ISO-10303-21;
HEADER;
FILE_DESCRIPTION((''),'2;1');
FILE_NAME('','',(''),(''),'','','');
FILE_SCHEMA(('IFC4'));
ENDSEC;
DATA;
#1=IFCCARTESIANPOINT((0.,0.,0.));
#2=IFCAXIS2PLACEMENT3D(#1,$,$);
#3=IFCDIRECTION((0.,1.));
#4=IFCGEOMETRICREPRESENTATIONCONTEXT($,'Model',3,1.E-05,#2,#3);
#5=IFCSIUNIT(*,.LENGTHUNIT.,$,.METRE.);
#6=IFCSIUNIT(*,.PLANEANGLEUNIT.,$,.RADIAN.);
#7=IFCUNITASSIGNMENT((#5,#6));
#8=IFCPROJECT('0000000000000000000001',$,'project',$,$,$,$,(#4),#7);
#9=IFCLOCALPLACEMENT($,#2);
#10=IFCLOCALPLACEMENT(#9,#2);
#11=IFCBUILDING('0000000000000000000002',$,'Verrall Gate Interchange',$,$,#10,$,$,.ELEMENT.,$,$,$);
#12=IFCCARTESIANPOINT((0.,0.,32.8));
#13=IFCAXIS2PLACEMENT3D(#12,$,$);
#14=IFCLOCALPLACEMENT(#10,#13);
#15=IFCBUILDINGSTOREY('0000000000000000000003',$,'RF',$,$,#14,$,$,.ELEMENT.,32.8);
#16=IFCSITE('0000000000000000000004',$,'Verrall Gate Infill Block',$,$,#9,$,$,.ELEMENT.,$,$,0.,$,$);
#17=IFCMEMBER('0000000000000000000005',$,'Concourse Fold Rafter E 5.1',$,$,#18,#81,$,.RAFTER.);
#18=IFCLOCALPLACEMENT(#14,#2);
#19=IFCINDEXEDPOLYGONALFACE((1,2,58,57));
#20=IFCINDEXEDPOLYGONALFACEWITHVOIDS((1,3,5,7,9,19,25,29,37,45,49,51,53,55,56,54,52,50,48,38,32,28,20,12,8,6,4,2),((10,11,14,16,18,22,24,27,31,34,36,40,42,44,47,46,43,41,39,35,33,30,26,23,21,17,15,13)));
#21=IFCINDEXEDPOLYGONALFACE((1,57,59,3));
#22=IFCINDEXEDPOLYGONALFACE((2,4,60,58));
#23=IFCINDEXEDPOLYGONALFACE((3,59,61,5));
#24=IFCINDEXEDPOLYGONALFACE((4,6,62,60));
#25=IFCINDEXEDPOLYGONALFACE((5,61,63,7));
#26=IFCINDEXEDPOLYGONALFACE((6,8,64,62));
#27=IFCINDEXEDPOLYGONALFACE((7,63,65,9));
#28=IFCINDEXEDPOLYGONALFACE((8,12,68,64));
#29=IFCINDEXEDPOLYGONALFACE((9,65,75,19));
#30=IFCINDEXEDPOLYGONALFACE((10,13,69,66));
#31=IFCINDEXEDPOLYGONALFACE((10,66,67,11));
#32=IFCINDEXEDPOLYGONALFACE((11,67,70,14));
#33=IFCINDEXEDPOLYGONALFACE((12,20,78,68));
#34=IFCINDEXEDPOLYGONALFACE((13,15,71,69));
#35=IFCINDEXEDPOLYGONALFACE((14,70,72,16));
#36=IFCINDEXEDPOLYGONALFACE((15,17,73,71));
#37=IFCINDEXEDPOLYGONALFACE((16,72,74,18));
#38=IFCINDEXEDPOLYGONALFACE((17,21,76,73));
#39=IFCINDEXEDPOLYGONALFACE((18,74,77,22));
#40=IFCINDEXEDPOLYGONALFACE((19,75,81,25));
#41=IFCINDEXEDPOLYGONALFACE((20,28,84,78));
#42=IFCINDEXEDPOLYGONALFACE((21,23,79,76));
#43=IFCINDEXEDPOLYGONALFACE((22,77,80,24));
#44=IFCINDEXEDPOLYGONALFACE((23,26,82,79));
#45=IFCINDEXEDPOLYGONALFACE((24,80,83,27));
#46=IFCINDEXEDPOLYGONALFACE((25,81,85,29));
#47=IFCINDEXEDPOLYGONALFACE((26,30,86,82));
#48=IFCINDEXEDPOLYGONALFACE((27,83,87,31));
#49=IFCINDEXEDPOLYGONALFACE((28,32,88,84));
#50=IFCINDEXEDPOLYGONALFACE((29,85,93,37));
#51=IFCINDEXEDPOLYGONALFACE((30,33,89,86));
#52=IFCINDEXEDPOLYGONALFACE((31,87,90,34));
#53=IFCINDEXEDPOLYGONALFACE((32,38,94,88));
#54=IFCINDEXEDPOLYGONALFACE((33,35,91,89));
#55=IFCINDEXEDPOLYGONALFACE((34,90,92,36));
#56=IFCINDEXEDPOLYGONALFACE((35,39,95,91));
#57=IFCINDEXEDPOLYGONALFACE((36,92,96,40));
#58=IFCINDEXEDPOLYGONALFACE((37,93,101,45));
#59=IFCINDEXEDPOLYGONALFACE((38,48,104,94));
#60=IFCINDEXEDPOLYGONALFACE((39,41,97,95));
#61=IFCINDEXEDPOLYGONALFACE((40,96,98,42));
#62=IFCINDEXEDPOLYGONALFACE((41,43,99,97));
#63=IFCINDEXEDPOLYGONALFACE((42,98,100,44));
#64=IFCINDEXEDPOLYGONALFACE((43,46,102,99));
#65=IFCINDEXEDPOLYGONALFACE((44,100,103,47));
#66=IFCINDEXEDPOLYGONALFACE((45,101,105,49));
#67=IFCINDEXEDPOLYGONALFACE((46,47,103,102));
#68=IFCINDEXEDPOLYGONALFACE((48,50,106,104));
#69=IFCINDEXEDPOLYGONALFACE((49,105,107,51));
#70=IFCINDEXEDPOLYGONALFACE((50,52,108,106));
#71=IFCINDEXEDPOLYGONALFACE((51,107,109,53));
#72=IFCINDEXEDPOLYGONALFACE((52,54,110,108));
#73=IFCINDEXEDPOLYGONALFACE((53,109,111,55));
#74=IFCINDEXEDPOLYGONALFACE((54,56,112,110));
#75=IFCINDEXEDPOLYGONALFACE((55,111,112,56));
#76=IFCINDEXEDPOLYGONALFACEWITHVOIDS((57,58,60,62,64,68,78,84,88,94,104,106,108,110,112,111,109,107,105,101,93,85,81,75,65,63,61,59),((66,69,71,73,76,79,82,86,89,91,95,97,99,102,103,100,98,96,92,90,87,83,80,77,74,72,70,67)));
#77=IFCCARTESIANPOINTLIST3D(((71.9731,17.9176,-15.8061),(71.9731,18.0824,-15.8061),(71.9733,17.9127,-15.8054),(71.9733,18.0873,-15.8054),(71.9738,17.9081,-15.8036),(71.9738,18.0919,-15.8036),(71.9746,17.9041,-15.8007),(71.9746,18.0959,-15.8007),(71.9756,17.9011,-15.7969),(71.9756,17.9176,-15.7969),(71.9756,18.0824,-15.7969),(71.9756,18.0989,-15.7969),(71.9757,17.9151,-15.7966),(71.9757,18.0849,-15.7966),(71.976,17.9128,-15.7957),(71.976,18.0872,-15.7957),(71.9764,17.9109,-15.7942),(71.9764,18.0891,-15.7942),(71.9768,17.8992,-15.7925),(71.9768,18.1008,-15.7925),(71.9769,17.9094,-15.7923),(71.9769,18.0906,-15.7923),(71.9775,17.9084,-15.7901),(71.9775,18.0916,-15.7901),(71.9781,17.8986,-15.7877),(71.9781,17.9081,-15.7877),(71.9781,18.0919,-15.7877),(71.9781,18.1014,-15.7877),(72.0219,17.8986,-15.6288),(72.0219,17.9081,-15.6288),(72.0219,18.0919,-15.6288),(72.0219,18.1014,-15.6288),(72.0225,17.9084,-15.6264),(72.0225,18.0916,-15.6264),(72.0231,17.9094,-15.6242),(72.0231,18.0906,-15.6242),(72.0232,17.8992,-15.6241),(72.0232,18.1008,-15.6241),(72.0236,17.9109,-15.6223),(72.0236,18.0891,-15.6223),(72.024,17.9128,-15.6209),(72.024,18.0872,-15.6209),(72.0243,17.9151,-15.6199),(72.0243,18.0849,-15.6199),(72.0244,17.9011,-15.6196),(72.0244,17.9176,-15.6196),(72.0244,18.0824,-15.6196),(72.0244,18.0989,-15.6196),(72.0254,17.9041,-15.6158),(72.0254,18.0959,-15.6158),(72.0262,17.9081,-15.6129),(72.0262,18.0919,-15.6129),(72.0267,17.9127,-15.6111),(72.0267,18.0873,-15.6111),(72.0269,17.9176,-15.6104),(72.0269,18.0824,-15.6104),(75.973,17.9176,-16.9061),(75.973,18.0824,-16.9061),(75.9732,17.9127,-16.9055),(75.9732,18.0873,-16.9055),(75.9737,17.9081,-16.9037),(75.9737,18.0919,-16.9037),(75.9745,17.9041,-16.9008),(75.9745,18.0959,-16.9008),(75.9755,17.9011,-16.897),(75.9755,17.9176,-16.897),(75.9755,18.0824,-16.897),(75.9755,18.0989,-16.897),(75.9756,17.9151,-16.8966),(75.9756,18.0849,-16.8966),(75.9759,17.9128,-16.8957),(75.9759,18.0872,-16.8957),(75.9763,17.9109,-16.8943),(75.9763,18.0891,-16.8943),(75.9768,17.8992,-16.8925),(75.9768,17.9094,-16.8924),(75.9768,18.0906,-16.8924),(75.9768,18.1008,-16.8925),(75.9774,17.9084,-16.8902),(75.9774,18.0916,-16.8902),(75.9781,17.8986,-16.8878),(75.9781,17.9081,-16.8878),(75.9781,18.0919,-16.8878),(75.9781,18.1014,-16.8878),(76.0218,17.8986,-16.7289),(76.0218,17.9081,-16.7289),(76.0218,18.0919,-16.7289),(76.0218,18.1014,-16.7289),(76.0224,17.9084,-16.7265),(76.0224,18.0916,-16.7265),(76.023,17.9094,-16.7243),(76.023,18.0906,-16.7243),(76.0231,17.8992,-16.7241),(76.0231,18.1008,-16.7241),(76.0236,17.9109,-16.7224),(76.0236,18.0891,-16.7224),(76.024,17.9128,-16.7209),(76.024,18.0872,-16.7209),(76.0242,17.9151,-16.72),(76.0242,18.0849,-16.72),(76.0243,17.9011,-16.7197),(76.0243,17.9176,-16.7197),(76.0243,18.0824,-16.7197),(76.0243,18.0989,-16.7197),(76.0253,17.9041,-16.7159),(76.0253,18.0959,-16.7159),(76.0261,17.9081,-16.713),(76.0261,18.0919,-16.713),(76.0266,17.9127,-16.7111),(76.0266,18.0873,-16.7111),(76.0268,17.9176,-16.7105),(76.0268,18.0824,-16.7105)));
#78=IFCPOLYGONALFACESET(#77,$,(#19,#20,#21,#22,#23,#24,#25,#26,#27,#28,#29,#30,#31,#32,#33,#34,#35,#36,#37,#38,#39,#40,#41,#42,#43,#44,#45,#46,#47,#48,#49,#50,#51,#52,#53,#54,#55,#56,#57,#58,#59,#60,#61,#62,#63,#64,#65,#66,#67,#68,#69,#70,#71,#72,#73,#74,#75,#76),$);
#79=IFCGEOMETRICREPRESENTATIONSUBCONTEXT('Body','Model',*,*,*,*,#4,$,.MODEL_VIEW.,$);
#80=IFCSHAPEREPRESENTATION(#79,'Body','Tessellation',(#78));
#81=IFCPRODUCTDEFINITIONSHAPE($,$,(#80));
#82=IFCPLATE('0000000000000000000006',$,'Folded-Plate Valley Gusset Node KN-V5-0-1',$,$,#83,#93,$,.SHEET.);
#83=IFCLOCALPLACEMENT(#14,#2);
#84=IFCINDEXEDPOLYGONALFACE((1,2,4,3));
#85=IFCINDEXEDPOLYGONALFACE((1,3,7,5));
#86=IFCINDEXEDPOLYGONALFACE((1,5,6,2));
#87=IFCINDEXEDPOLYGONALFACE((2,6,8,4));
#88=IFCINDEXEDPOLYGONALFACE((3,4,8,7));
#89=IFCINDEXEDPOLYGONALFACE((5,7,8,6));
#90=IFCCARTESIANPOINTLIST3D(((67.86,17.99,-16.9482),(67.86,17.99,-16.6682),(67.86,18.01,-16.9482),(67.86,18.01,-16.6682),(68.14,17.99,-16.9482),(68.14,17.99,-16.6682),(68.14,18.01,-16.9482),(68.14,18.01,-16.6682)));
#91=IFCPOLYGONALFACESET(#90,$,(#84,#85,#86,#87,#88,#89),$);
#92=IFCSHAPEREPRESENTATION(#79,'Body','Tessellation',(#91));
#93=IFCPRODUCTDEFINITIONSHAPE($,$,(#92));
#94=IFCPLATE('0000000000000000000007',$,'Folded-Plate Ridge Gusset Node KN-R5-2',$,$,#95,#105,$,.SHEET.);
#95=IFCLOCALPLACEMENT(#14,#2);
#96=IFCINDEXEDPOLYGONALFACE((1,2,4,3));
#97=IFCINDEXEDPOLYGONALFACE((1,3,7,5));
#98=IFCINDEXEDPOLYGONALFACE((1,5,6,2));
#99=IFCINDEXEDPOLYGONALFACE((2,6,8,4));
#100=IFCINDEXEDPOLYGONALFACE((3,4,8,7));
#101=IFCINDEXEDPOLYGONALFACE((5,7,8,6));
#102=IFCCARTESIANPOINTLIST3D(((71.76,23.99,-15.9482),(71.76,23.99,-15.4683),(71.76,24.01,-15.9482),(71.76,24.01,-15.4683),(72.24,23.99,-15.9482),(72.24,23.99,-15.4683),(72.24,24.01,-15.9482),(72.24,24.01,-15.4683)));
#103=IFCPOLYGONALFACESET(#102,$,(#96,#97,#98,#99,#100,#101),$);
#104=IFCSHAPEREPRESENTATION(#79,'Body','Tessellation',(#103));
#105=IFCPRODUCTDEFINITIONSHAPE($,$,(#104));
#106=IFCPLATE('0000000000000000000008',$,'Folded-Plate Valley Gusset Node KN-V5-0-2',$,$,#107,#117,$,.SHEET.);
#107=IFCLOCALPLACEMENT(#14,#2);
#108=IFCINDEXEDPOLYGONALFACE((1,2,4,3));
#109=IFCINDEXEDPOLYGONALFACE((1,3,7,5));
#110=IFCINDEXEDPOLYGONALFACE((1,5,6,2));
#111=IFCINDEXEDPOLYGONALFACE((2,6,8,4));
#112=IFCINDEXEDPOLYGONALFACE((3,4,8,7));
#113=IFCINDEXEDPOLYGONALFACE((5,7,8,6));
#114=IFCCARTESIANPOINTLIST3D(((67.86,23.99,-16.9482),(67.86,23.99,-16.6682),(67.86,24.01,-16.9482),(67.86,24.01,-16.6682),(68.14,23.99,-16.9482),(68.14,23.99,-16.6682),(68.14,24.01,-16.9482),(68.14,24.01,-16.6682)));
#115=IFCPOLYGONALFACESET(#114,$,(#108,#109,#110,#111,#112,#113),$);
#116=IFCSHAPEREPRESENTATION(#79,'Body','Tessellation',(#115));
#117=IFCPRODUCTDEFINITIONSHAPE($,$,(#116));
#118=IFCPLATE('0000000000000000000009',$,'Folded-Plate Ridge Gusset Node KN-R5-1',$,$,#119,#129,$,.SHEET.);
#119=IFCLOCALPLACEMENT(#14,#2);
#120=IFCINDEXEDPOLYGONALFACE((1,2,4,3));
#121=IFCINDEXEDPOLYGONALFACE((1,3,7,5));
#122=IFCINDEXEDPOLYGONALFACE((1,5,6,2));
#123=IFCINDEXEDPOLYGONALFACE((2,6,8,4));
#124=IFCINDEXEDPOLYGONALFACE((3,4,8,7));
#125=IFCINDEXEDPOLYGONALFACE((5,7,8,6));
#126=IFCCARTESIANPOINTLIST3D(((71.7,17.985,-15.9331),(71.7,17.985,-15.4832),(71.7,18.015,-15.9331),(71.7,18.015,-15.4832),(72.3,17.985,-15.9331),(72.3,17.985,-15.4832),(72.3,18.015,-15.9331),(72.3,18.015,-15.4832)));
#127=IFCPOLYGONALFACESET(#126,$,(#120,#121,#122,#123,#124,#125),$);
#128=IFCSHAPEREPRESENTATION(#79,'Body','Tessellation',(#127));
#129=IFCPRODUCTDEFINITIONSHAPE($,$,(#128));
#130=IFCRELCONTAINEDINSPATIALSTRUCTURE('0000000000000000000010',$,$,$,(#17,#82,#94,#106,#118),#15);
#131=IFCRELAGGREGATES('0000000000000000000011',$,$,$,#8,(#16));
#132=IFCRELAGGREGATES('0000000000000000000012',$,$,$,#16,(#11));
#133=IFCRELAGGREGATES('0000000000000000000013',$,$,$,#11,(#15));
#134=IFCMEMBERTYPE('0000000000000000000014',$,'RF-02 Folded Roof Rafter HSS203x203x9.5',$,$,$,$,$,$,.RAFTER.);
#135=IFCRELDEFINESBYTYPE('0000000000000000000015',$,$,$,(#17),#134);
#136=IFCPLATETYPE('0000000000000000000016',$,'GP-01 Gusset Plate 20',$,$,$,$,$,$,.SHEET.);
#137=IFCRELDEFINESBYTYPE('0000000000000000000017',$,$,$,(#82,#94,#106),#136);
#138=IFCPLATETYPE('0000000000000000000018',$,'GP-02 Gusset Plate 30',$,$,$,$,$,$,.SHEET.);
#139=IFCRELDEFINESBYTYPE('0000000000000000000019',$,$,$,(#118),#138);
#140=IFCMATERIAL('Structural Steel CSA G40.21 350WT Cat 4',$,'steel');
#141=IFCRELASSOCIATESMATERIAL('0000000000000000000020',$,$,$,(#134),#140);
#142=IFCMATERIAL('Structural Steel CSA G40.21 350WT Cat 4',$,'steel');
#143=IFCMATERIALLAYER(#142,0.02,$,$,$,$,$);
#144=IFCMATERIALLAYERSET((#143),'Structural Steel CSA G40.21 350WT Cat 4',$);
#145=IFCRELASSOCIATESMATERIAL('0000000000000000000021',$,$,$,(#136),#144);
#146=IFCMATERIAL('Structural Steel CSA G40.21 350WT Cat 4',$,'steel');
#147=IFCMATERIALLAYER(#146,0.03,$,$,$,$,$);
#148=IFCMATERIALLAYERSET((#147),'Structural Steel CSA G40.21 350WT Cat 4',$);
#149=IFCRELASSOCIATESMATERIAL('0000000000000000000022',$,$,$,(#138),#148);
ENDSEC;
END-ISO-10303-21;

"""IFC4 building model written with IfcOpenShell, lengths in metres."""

from ifc_helpers import new_model, si_unit, direction, frame, origin, origin_2d, place, context, subcontext, project, spatial, rectangle, hollow_rectangle, extrude, material, layer, layer_set, material_profile, profile_set, type_object, element, save


model = new_model("IFC4")

# Units and contexts
model_context = context("Model", 3, precision=1e-05, world=origin(), true_north=direction((0.0, 1.0)))
body_context = subcontext(model_context, "Body", "Model", "MODEL_VIEW")
ifc_project = project(units=[si_unit("LENGTHUNIT", "METRE"), si_unit("PLANEANGLEUNIT", "RADIAN")], contexts=[model_context])

# Site, building, storey
site_placement = place(None, origin())
site = spatial("IfcSite", under=ifc_project, at=site_placement, Name="Verrall Gate Infill Block", CompositionType="ELEMENT", RefElevation=0.0)
building_placement = place(site_placement, origin())
building = spatial("IfcBuilding", under=site, at=building_placement, Name="Verrall Gate Interchange", CompositionType="ELEMENT")
storey_placement = place(building_placement, frame((0.0, 0.0, 32.8)))
storey = spatial("IfcBuildingStorey", under=building, at=storey_placement, Name="RF", CompositionType="ELEMENT", Elevation=32.8)

# Member
ifc_material_1 = material(Name="Structural Steel CSA G40.21 350WT Cat 4", Category="steel")
ifc_material_profile_1 = material_profile(ifc_material_1, hollow_rectangle(XDim=0.2029, YDim=0.2029, WallThickness=0.0095, InnerFilletRadius=0.0095, OuterFilletRadius=0.019, at=origin_2d()), Name="HSS203x203x9.5")
ifc_profile_set_1 = profile_set([ifc_material_profile_1], Name="Structural Steel CSA G40.21 350WT Cat 4")
member_type_1 = type_object("IfcMemberType", Name="RF-02 Folded Roof Rafter HSS203x203x9.5", PredefinedType="RAFTER", material=ifc_profile_set_1)
member_1_placement = place(storey_placement, frame((72.0, 18.0, -15.7083), z_axis=(0.964199, 0.0, -0.265178), x_axis=(0.0, 1.0, 0.0)))
element("IfcMember", 1, at=member_1_placement, inside=storey, type_object=member_type_1, Name="Concourse Fold Rafter E 5.1", PredefinedType="RAFTER", context=body_context, shape_type="SweptSolid", body=[
    extrude(hollow_rectangle(XDim=0.2029, YDim=0.2029, WallThickness=0.0095, InnerFilletRadius=0.0095, OuterFilletRadius=0.019, at=origin_2d()), origin(), (0.0, 0.0, 1.0), 4.1484),
])

# Plates
ifc_material_2 = material(Name="Structural Steel CSA G40.21 350WT Cat 4", Category="steel")
ifc_layer_1 = layer(ifc_material_2, 0.02)
ifc_layer_set_1 = layer_set([ifc_layer_1], Name="Structural Steel CSA G40.21 350WT Cat 4")
plate_type_1 = type_object("IfcPlateType", Name="GP-01 Gusset Plate 20", PredefinedType="SHEET", material=ifc_layer_set_1)
plate_1_placement = place(storey_placement, frame((68.0, 18.0, -16.9482), z_axis=(0.0, 0.0, 1.0), x_axis=(1.0, 0.0, 0.0)))
element("IfcPlate", 2, at=plate_1_placement, inside=storey, type_object=plate_type_1, Name="Folded-Plate Valley Gusset Node KN-V5-0-1", PredefinedType="SHEET", context=body_context, shape_type="SweptSolid", body=[
    extrude(rectangle(XDim=0.28, YDim=0.02, at=origin_2d()), origin(), (0.0, 0.0, 1.0), 0.28),
])
plate_2_placement = place(storey_placement, frame((72.0, 24.0, -15.9482), z_axis=(0.0, 0.0, 1.0), x_axis=(1.0, 0.0, 0.0)))
element("IfcPlate", 3, at=plate_2_placement, inside=storey, type_object=plate_type_1, Name="Folded-Plate Ridge Gusset Node KN-R5-2", PredefinedType="SHEET", context=body_context, shape_type="SweptSolid", body=[
    extrude(rectangle(XDim=0.48, YDim=0.02, at=origin_2d()), origin(), (0.0, 0.0, 1.0), 0.48),
])
plate_3_placement = place(storey_placement, frame((68.0, 24.0, -16.9482), z_axis=(0.0, 0.0, 1.0), x_axis=(1.0, 0.0, 0.0)))
element("IfcPlate", 4, at=plate_3_placement, inside=storey, type_object=plate_type_1, Name="Folded-Plate Valley Gusset Node KN-V5-0-2", PredefinedType="SHEET", context=body_context, shape_type="SweptSolid", body=[
    extrude(rectangle(XDim=0.28, YDim=0.02, at=origin_2d()), origin(), (0.0, 0.0, 1.0), 0.28),
])
ifc_material_3 = material(Name="Structural Steel CSA G40.21 350WT Cat 4", Category="steel")
ifc_layer_2 = layer(ifc_material_3, 0.03)
ifc_layer_set_2 = layer_set([ifc_layer_2], Name="Structural Steel CSA G40.21 350WT Cat 4")
plate_type_2 = type_object("IfcPlateType", Name="GP-02 Gusset Plate 30", PredefinedType="SHEET", material=ifc_layer_set_2)
plate_4_placement = place(storey_placement, frame((72.0, 18.0, -15.9331), z_axis=(0.0, 0.0, 1.0), x_axis=(1.0, 0.0, 0.0)))
element("IfcPlate", 5, at=plate_4_placement, inside=storey, type_object=plate_type_2, Name="Folded-Plate Ridge Gusset Node KN-R5-1", PredefinedType="SHEET", context=body_context, shape_type="SweptSolid", body=[
    extrude(rectangle(XDim=0.6001, YDim=0.03, at=origin_2d()), origin(), (0.0, 0.0, 1.0), 0.45),
])

save(model, "model.ifc")
